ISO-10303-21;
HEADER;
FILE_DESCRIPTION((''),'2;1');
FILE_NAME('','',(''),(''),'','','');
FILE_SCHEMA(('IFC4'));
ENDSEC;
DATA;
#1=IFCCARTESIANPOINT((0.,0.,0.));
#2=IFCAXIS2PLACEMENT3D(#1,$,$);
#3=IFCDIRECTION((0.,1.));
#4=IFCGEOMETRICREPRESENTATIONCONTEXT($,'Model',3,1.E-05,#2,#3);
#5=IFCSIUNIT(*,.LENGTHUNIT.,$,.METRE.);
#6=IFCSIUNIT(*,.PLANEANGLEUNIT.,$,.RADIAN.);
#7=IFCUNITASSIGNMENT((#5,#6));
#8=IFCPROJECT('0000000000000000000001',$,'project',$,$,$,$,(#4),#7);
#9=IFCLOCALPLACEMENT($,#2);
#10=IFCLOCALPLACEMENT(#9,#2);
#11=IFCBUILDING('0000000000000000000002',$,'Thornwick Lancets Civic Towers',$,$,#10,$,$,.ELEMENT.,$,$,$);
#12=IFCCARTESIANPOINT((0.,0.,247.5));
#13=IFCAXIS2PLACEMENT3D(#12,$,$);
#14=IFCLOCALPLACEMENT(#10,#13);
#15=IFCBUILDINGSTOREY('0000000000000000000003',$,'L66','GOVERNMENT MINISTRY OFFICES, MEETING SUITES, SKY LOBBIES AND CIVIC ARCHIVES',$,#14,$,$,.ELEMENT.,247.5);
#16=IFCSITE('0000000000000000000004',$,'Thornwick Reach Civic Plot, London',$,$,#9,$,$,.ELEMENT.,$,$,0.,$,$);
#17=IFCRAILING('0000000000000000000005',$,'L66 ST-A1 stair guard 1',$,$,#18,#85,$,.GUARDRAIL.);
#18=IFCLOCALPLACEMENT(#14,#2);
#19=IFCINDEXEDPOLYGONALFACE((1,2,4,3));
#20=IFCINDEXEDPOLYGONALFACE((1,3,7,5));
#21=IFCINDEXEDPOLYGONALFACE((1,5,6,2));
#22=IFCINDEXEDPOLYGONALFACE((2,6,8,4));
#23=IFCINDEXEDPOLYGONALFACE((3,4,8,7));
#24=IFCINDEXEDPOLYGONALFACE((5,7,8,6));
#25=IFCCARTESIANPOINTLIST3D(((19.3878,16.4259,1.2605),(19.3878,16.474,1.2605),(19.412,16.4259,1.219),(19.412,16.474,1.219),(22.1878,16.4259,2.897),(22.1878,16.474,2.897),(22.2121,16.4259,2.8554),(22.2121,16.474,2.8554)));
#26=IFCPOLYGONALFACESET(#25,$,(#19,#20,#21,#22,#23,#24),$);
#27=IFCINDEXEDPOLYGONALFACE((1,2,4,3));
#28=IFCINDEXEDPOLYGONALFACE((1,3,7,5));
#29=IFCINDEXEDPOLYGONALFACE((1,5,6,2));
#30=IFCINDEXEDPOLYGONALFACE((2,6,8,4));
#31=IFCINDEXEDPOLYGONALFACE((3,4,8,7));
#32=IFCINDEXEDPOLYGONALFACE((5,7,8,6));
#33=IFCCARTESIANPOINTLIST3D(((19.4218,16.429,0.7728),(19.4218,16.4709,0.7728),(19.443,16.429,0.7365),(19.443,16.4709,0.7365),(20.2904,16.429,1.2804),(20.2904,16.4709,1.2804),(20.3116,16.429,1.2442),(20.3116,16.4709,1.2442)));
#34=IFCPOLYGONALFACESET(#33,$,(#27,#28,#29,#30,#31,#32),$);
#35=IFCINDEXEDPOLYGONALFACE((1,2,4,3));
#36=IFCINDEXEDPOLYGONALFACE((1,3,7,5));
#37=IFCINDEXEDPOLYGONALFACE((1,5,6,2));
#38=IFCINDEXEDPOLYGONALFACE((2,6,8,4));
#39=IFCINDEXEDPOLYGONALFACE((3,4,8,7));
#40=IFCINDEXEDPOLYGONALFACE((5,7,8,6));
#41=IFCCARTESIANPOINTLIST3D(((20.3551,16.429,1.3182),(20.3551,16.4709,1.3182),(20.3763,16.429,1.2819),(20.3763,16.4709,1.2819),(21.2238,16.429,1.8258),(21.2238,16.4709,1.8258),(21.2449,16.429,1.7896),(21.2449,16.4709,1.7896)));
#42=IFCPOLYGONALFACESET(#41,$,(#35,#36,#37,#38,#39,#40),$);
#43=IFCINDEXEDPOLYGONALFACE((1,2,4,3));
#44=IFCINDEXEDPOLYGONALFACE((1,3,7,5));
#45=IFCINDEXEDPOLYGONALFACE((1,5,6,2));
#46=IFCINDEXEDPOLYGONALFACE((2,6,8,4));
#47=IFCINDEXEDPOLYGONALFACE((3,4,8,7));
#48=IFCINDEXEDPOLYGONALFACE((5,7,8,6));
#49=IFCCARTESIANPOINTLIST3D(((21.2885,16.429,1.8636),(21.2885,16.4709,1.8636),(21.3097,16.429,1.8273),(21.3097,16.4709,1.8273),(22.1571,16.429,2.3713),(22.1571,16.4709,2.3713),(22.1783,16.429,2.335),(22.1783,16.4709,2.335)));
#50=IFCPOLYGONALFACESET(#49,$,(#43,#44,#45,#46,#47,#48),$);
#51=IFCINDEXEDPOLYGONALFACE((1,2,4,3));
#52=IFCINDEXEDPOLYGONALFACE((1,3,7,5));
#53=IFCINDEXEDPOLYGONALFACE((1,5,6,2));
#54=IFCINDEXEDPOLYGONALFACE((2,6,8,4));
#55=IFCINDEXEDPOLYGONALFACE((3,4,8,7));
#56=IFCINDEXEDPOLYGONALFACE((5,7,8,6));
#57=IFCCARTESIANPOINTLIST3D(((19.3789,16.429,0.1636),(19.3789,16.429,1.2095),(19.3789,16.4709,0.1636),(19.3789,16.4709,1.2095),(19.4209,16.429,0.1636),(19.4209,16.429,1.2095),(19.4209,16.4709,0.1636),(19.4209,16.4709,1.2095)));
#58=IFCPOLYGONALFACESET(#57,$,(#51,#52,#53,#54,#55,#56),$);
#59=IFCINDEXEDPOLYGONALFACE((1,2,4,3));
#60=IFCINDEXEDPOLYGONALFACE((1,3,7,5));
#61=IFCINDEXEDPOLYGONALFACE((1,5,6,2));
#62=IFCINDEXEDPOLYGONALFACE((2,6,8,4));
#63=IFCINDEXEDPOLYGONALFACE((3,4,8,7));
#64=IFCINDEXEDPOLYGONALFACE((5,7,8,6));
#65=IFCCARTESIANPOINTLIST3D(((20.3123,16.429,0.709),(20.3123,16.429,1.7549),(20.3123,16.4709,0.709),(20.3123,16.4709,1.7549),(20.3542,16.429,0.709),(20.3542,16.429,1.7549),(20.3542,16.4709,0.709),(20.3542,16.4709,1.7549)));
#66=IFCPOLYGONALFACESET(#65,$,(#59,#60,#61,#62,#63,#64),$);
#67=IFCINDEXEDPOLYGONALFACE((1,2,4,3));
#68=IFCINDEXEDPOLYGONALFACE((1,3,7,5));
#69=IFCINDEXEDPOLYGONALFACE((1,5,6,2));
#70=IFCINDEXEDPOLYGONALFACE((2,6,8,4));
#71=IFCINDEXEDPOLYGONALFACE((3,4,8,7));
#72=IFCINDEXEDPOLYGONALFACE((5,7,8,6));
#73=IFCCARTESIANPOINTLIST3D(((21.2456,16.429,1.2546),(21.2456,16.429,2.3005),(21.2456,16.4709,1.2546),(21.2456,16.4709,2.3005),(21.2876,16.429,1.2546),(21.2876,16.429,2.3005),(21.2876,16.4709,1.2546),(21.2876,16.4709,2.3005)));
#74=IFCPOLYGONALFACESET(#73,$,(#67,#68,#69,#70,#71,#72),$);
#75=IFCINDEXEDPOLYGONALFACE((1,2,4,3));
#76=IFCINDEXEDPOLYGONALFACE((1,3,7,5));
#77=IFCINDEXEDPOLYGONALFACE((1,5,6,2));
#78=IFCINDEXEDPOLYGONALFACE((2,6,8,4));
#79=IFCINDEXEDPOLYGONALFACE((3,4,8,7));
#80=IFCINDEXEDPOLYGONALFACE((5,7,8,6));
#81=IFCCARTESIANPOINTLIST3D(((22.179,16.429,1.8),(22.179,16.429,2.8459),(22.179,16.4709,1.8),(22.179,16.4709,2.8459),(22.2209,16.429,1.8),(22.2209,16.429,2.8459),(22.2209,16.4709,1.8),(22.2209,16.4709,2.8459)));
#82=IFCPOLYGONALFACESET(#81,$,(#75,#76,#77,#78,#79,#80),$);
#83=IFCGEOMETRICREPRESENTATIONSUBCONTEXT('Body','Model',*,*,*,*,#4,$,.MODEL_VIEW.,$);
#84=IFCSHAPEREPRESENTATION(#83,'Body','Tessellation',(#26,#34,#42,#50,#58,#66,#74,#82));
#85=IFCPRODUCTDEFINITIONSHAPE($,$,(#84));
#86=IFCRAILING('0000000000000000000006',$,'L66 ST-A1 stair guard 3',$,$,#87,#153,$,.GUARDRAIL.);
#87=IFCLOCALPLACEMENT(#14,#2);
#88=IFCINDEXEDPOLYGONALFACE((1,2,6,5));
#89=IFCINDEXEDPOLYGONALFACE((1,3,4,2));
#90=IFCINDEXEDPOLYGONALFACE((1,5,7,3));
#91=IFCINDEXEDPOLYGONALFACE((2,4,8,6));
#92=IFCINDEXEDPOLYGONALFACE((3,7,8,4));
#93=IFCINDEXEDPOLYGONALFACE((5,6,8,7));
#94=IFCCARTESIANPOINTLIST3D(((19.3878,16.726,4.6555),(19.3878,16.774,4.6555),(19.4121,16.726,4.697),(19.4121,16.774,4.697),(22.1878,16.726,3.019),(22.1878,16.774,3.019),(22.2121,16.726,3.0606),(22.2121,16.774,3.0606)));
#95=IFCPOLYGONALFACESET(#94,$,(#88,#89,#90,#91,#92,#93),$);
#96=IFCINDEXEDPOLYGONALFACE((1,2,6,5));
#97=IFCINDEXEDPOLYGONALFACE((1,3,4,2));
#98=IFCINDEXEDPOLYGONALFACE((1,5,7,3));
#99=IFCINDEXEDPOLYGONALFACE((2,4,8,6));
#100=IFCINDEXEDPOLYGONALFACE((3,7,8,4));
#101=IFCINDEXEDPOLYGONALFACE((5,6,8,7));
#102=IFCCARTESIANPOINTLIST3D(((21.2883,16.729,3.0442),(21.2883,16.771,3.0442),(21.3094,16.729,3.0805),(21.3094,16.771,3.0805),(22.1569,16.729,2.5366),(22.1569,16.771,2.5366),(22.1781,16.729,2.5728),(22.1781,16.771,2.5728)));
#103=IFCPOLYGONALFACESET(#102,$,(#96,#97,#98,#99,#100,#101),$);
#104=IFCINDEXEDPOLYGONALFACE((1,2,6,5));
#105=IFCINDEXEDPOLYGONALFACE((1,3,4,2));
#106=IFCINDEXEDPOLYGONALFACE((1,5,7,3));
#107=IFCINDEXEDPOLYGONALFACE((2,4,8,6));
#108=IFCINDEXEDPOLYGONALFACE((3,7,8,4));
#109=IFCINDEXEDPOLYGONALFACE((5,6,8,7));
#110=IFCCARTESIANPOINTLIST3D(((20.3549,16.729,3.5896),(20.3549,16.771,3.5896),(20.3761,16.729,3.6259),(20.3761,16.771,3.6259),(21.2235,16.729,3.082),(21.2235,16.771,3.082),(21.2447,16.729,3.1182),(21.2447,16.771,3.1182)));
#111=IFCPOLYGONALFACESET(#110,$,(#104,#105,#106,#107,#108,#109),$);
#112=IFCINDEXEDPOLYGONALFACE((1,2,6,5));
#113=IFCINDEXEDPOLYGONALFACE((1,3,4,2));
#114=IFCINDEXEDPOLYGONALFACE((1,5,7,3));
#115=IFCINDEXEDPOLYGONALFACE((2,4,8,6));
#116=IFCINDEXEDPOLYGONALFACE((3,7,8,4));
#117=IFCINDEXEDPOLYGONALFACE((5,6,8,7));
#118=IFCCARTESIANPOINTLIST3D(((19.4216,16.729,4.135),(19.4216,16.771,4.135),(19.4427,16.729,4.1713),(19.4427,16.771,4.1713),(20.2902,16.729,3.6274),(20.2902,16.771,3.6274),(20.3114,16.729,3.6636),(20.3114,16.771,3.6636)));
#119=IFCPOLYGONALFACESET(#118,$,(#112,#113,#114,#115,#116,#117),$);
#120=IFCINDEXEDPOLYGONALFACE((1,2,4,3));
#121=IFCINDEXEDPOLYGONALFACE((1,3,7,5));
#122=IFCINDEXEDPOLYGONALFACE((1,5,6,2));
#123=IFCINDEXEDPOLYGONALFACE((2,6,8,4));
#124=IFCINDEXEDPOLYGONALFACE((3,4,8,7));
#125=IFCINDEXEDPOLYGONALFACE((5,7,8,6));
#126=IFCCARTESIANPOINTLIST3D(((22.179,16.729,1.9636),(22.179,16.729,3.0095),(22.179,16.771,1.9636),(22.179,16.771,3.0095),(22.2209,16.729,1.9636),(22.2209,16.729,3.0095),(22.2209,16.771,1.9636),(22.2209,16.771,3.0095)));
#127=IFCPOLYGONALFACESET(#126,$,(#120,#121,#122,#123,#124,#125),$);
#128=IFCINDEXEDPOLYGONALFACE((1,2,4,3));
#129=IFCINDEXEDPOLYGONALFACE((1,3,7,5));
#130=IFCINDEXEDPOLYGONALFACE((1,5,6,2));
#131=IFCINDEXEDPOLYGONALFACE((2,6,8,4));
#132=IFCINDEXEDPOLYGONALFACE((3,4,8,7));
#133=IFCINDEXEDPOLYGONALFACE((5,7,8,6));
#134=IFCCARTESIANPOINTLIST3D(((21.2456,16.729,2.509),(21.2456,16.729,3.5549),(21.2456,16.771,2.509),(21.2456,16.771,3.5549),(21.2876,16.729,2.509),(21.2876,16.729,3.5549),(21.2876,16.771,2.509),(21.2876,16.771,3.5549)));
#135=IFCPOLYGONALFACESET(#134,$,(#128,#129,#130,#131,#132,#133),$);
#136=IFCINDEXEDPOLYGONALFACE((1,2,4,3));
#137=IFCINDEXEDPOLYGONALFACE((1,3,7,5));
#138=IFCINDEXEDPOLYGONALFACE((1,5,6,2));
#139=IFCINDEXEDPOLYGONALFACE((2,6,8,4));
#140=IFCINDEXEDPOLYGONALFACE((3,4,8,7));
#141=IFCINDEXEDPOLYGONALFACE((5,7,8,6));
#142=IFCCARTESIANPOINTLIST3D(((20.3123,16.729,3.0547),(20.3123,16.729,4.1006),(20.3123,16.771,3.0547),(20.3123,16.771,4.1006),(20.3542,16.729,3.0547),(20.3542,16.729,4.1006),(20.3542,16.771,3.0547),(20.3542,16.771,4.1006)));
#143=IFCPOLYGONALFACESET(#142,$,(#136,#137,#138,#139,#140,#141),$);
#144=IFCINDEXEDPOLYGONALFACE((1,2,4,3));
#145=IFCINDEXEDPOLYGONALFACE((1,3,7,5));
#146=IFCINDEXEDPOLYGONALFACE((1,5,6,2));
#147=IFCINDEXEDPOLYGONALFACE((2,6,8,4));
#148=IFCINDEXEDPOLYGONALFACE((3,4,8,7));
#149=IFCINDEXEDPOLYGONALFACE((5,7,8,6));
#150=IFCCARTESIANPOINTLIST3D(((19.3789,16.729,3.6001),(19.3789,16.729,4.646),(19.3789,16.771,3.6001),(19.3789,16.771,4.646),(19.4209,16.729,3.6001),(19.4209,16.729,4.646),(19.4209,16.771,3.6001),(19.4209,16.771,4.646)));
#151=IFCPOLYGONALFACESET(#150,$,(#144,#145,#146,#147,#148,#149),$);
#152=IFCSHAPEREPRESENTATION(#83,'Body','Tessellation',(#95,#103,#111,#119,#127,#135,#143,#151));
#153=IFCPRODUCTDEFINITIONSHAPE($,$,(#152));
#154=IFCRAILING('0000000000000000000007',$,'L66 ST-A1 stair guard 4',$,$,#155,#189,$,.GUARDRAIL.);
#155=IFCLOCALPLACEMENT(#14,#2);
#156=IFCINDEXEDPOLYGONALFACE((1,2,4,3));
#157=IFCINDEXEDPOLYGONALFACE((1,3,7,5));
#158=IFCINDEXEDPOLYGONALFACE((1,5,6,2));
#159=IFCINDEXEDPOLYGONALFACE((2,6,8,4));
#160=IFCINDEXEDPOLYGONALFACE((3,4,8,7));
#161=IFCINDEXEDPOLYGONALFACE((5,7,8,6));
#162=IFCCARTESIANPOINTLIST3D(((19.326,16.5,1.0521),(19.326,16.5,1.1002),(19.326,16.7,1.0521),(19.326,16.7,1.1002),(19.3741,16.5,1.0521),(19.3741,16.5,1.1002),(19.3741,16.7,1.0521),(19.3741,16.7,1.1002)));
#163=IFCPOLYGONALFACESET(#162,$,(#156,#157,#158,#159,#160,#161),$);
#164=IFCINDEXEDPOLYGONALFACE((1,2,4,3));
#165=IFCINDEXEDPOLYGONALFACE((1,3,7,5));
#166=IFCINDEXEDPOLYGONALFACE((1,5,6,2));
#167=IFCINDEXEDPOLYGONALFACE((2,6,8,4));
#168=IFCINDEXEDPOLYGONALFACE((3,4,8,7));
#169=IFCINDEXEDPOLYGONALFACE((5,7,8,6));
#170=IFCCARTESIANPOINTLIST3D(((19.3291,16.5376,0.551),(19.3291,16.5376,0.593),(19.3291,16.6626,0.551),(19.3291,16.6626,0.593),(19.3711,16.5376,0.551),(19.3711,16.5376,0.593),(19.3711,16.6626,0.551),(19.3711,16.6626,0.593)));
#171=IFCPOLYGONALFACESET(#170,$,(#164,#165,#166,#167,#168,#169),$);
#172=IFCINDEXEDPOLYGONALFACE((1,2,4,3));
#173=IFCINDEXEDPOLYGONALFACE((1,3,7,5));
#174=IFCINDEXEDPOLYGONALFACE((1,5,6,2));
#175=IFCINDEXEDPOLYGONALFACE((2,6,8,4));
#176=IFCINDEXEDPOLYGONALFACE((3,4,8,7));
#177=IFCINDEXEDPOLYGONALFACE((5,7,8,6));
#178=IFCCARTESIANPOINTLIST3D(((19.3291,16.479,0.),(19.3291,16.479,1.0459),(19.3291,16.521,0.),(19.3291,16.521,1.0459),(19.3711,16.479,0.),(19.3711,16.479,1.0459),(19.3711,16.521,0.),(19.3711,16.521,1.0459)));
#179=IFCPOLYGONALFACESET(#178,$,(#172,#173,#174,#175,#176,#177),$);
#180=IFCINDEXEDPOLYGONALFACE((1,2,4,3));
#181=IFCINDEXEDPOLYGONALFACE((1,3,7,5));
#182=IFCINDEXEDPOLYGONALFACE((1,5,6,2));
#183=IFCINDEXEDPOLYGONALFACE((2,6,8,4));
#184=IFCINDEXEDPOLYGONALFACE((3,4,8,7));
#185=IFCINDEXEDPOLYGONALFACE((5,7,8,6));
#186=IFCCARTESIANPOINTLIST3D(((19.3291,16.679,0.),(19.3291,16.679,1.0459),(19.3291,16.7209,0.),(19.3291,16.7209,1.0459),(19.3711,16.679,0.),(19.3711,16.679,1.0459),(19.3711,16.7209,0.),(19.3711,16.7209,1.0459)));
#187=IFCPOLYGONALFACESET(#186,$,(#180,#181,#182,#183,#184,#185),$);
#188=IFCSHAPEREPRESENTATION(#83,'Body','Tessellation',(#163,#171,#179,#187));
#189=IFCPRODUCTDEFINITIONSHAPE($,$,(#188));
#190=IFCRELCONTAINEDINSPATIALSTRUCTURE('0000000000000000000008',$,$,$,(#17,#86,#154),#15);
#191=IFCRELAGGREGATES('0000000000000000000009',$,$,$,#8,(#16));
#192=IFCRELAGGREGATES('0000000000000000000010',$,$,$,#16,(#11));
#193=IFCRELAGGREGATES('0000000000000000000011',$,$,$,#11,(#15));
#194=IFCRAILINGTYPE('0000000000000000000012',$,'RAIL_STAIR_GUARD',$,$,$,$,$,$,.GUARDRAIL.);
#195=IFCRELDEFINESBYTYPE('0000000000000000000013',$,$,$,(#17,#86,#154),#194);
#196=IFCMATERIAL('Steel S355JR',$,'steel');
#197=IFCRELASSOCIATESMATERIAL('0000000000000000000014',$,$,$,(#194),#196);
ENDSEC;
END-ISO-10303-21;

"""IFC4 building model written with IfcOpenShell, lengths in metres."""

from ifc_helpers import new_model, si_unit, direction, frame, origin, origin_2d, place, context, subcontext, project, spatial, rectangle, extrude, material, type_object, element, save


model = new_model("IFC4")

# Units and contexts
model_context = context("Model", 3, precision=1e-05, world=origin(), true_north=direction((0.0, 1.0)))
body_context = subcontext(model_context, "Body", "Model", "MODEL_VIEW")
ifc_project = project(units=[si_unit("LENGTHUNIT", "METRE"), si_unit("PLANEANGLEUNIT", "RADIAN")], contexts=[model_context])

# Site, building, storey
site_placement = place(None, origin())
site = spatial("IfcSite", under=ifc_project, at=site_placement, Name="Thornwick Reach Civic Plot, London", CompositionType="ELEMENT", RefElevation=0.0)
building_placement = place(site_placement, origin())
building = spatial("IfcBuilding", under=site, at=building_placement, Name="Thornwick Lancets Civic Towers", CompositionType="ELEMENT")
storey_placement = place(building_placement, frame((0.0, 0.0, 247.5)))
storey = spatial("IfcBuildingStorey", under=building, at=storey_placement, Name="L66", Description="GOVERNMENT MINISTRY OFFICES, MEETING SUITES, SKY LOBBIES AND CIVIC ARCHIVES", CompositionType="ELEMENT", Elevation=247.5)

# Railings
ifc_material_1 = material(Name="Steel S355JR", Category="steel")
railing_type_1 = type_object("IfcRailingType", Name="RAIL_STAIR_GUARD", PredefinedType="GUARDRAIL", material=ifc_material_1)
railing_1_placement = place(storey_placement, frame((19.3999, 16.45, 0.1636)))
element("IfcRailing", 1, at=railing_1_placement, inside=storey, type_object=railing_type_1, Name="L66 ST-A1 stair guard 1", PredefinedType="GUARDRAIL", context=body_context, shape_type="SweptSolid", body=[
    extrude(rectangle(XDim=0.0481, YDim=0.0481, at=origin_2d()), frame((0.0, 0.0, 1.0762), z_axis=(0.863361, 0.0, 0.504587), x_axis=(0.0, 1.0, 0.0)), (0.0, 0.0, 1.0), 3.2432),
    extrude(rectangle(XDim=0.042, YDim=0.042, at=origin_2d()), frame((0.0325, 0.0, 0.5911), z_axis=(0.863361, 0.0, 0.504587), x_axis=(0.0, 1.0, 0.0)), (0.0, 0.0, 1.0), 1.0061),
    extrude(rectangle(XDim=0.042, YDim=0.042, at=origin_2d()), frame((0.9658, 0.0, 1.1365), z_axis=(0.863361, 0.0, 0.504587), x_axis=(0.0, 1.0, 0.0)), (0.0, 0.0, 1.0), 1.0061),
    extrude(rectangle(XDim=0.042, YDim=0.042, at=origin_2d()), frame((1.8992, 0.0, 1.6819), z_axis=(0.863361, 0.0, 0.504587), x_axis=(0.0, 1.0, 0.0)), (0.0, 0.0, 1.0), 1.0061),
    extrude(rectangle(XDim=0.042, YDim=0.042, at=origin_2d()), origin(), (0.0, 0.0, 1.0), 1.0459),
    extrude(rectangle(XDim=0.042, YDim=0.042, at=origin_2d()), frame((0.9333, 0.0, 0.5454)), (0.0, 0.0, 1.0), 1.0459),
    extrude(rectangle(XDim=0.042, YDim=0.042, at=origin_2d()), frame((1.8667, 0.0, 1.0911)), (0.0, 0.0, 1.0), 1.0459),
    extrude(rectangle(XDim=0.042, YDim=0.042, at=origin_2d()), frame((2.8, 0.0, 1.6365)), (0.0, 0.0, 1.0), 1.0459),
])
railing_2_placement = place(storey_placement, frame((22.2, 16.75, 1.9636)))
element("IfcRailing", 2, at=railing_2_placement, inside=storey, type_object=railing_type_1, Name="L66 ST-A1 stair guard 3", PredefinedType="GUARDRAIL", context=body_context, shape_type="SweptSolid", body=[
    extrude(rectangle(XDim=0.0481, YDim=0.0481, at=origin_2d()), frame((0.0, 0.0, 1.0762), z_axis=(-0.863361, 0.0, 0.504587), x_axis=(0.0, -1.0, 0.0)), (0.0, 0.0, 1.0), 3.2432),
    extrude(rectangle(XDim=0.042, YDim=0.042, at=origin_2d()), frame((-0.0325, 0.0, 0.5911), z_axis=(-0.863361, 0.0, 0.504587), x_axis=(0.0, -1.0, 0.0)), (0.0, 0.0, 1.0), 1.0061),
    extrude(rectangle(XDim=0.042, YDim=0.042, at=origin_2d()), frame((-0.9658, 0.0, 1.1365), z_axis=(-0.863361, 0.0, 0.504587), x_axis=(0.0, -1.0, 0.0)), (0.0, 0.0, 1.0), 1.0061),
    extrude(rectangle(XDim=0.042, YDim=0.042, at=origin_2d()), frame((-1.8992, 0.0, 1.6819), z_axis=(-0.863361, 0.0, 0.504587), x_axis=(0.0, -1.0, 0.0)), (0.0, 0.0, 1.0), 1.0061),
    extrude(rectangle(XDim=0.042, YDim=0.042, at=origin_2d()), origin(), (0.0, 0.0, 1.0), 1.0459),
    extrude(rectangle(XDim=0.042, YDim=0.042, at=origin_2d()), frame((-0.9333, 0.0, 0.5454)), (0.0, 0.0, 1.0), 1.0459),
    extrude(rectangle(XDim=0.042, YDim=0.042, at=origin_2d()), frame((-1.8667, 0.0, 1.0911)), (0.0, 0.0, 1.0), 1.0459),
    extrude(rectangle(XDim=0.042, YDim=0.042, at=origin_2d()), frame((-2.8, 0.0, 1.6365)), (0.0, 0.0, 1.0), 1.0459),
])
railing_3_placement = place(storey_placement, frame((19.3501, 16.5, 0.0)))
element("IfcRailing", 3, at=railing_3_placement, inside=storey, type_object=railing_type_1, Name="L66 ST-A1 stair guard 4", PredefinedType="GUARDRAIL", context=body_context, shape_type="SweptSolid", body=[
    extrude(rectangle(XDim=0.0481, YDim=0.0481, at=origin_2d()), frame((0.0, 0.0, 1.0762), z_axis=(0.0, 1.0, 0.0), x_axis=(-1.0, 0.0, 0.0)), (0.0, 0.0, 1.0), 0.2),
    extrude(rectangle(XDim=0.042, YDim=0.042, at=origin_2d()), frame((0.0, 0.0376, 0.572), z_axis=(0.0, 1.0, 0.0), x_axis=(-1.0, 0.0, 0.0)), (0.0, 0.0, 1.0), 0.125),
    extrude(rectangle(XDim=0.042, YDim=0.042, at=origin_2d()), origin(), (0.0, 0.0, 1.0), 1.0459),
    extrude(rectangle(XDim=0.042, YDim=0.042, at=origin_2d()), frame((0.0, 0.2, 0.0)), (0.0, 0.0, 1.0), 1.0459),
])

save(model, "model.ifc")
